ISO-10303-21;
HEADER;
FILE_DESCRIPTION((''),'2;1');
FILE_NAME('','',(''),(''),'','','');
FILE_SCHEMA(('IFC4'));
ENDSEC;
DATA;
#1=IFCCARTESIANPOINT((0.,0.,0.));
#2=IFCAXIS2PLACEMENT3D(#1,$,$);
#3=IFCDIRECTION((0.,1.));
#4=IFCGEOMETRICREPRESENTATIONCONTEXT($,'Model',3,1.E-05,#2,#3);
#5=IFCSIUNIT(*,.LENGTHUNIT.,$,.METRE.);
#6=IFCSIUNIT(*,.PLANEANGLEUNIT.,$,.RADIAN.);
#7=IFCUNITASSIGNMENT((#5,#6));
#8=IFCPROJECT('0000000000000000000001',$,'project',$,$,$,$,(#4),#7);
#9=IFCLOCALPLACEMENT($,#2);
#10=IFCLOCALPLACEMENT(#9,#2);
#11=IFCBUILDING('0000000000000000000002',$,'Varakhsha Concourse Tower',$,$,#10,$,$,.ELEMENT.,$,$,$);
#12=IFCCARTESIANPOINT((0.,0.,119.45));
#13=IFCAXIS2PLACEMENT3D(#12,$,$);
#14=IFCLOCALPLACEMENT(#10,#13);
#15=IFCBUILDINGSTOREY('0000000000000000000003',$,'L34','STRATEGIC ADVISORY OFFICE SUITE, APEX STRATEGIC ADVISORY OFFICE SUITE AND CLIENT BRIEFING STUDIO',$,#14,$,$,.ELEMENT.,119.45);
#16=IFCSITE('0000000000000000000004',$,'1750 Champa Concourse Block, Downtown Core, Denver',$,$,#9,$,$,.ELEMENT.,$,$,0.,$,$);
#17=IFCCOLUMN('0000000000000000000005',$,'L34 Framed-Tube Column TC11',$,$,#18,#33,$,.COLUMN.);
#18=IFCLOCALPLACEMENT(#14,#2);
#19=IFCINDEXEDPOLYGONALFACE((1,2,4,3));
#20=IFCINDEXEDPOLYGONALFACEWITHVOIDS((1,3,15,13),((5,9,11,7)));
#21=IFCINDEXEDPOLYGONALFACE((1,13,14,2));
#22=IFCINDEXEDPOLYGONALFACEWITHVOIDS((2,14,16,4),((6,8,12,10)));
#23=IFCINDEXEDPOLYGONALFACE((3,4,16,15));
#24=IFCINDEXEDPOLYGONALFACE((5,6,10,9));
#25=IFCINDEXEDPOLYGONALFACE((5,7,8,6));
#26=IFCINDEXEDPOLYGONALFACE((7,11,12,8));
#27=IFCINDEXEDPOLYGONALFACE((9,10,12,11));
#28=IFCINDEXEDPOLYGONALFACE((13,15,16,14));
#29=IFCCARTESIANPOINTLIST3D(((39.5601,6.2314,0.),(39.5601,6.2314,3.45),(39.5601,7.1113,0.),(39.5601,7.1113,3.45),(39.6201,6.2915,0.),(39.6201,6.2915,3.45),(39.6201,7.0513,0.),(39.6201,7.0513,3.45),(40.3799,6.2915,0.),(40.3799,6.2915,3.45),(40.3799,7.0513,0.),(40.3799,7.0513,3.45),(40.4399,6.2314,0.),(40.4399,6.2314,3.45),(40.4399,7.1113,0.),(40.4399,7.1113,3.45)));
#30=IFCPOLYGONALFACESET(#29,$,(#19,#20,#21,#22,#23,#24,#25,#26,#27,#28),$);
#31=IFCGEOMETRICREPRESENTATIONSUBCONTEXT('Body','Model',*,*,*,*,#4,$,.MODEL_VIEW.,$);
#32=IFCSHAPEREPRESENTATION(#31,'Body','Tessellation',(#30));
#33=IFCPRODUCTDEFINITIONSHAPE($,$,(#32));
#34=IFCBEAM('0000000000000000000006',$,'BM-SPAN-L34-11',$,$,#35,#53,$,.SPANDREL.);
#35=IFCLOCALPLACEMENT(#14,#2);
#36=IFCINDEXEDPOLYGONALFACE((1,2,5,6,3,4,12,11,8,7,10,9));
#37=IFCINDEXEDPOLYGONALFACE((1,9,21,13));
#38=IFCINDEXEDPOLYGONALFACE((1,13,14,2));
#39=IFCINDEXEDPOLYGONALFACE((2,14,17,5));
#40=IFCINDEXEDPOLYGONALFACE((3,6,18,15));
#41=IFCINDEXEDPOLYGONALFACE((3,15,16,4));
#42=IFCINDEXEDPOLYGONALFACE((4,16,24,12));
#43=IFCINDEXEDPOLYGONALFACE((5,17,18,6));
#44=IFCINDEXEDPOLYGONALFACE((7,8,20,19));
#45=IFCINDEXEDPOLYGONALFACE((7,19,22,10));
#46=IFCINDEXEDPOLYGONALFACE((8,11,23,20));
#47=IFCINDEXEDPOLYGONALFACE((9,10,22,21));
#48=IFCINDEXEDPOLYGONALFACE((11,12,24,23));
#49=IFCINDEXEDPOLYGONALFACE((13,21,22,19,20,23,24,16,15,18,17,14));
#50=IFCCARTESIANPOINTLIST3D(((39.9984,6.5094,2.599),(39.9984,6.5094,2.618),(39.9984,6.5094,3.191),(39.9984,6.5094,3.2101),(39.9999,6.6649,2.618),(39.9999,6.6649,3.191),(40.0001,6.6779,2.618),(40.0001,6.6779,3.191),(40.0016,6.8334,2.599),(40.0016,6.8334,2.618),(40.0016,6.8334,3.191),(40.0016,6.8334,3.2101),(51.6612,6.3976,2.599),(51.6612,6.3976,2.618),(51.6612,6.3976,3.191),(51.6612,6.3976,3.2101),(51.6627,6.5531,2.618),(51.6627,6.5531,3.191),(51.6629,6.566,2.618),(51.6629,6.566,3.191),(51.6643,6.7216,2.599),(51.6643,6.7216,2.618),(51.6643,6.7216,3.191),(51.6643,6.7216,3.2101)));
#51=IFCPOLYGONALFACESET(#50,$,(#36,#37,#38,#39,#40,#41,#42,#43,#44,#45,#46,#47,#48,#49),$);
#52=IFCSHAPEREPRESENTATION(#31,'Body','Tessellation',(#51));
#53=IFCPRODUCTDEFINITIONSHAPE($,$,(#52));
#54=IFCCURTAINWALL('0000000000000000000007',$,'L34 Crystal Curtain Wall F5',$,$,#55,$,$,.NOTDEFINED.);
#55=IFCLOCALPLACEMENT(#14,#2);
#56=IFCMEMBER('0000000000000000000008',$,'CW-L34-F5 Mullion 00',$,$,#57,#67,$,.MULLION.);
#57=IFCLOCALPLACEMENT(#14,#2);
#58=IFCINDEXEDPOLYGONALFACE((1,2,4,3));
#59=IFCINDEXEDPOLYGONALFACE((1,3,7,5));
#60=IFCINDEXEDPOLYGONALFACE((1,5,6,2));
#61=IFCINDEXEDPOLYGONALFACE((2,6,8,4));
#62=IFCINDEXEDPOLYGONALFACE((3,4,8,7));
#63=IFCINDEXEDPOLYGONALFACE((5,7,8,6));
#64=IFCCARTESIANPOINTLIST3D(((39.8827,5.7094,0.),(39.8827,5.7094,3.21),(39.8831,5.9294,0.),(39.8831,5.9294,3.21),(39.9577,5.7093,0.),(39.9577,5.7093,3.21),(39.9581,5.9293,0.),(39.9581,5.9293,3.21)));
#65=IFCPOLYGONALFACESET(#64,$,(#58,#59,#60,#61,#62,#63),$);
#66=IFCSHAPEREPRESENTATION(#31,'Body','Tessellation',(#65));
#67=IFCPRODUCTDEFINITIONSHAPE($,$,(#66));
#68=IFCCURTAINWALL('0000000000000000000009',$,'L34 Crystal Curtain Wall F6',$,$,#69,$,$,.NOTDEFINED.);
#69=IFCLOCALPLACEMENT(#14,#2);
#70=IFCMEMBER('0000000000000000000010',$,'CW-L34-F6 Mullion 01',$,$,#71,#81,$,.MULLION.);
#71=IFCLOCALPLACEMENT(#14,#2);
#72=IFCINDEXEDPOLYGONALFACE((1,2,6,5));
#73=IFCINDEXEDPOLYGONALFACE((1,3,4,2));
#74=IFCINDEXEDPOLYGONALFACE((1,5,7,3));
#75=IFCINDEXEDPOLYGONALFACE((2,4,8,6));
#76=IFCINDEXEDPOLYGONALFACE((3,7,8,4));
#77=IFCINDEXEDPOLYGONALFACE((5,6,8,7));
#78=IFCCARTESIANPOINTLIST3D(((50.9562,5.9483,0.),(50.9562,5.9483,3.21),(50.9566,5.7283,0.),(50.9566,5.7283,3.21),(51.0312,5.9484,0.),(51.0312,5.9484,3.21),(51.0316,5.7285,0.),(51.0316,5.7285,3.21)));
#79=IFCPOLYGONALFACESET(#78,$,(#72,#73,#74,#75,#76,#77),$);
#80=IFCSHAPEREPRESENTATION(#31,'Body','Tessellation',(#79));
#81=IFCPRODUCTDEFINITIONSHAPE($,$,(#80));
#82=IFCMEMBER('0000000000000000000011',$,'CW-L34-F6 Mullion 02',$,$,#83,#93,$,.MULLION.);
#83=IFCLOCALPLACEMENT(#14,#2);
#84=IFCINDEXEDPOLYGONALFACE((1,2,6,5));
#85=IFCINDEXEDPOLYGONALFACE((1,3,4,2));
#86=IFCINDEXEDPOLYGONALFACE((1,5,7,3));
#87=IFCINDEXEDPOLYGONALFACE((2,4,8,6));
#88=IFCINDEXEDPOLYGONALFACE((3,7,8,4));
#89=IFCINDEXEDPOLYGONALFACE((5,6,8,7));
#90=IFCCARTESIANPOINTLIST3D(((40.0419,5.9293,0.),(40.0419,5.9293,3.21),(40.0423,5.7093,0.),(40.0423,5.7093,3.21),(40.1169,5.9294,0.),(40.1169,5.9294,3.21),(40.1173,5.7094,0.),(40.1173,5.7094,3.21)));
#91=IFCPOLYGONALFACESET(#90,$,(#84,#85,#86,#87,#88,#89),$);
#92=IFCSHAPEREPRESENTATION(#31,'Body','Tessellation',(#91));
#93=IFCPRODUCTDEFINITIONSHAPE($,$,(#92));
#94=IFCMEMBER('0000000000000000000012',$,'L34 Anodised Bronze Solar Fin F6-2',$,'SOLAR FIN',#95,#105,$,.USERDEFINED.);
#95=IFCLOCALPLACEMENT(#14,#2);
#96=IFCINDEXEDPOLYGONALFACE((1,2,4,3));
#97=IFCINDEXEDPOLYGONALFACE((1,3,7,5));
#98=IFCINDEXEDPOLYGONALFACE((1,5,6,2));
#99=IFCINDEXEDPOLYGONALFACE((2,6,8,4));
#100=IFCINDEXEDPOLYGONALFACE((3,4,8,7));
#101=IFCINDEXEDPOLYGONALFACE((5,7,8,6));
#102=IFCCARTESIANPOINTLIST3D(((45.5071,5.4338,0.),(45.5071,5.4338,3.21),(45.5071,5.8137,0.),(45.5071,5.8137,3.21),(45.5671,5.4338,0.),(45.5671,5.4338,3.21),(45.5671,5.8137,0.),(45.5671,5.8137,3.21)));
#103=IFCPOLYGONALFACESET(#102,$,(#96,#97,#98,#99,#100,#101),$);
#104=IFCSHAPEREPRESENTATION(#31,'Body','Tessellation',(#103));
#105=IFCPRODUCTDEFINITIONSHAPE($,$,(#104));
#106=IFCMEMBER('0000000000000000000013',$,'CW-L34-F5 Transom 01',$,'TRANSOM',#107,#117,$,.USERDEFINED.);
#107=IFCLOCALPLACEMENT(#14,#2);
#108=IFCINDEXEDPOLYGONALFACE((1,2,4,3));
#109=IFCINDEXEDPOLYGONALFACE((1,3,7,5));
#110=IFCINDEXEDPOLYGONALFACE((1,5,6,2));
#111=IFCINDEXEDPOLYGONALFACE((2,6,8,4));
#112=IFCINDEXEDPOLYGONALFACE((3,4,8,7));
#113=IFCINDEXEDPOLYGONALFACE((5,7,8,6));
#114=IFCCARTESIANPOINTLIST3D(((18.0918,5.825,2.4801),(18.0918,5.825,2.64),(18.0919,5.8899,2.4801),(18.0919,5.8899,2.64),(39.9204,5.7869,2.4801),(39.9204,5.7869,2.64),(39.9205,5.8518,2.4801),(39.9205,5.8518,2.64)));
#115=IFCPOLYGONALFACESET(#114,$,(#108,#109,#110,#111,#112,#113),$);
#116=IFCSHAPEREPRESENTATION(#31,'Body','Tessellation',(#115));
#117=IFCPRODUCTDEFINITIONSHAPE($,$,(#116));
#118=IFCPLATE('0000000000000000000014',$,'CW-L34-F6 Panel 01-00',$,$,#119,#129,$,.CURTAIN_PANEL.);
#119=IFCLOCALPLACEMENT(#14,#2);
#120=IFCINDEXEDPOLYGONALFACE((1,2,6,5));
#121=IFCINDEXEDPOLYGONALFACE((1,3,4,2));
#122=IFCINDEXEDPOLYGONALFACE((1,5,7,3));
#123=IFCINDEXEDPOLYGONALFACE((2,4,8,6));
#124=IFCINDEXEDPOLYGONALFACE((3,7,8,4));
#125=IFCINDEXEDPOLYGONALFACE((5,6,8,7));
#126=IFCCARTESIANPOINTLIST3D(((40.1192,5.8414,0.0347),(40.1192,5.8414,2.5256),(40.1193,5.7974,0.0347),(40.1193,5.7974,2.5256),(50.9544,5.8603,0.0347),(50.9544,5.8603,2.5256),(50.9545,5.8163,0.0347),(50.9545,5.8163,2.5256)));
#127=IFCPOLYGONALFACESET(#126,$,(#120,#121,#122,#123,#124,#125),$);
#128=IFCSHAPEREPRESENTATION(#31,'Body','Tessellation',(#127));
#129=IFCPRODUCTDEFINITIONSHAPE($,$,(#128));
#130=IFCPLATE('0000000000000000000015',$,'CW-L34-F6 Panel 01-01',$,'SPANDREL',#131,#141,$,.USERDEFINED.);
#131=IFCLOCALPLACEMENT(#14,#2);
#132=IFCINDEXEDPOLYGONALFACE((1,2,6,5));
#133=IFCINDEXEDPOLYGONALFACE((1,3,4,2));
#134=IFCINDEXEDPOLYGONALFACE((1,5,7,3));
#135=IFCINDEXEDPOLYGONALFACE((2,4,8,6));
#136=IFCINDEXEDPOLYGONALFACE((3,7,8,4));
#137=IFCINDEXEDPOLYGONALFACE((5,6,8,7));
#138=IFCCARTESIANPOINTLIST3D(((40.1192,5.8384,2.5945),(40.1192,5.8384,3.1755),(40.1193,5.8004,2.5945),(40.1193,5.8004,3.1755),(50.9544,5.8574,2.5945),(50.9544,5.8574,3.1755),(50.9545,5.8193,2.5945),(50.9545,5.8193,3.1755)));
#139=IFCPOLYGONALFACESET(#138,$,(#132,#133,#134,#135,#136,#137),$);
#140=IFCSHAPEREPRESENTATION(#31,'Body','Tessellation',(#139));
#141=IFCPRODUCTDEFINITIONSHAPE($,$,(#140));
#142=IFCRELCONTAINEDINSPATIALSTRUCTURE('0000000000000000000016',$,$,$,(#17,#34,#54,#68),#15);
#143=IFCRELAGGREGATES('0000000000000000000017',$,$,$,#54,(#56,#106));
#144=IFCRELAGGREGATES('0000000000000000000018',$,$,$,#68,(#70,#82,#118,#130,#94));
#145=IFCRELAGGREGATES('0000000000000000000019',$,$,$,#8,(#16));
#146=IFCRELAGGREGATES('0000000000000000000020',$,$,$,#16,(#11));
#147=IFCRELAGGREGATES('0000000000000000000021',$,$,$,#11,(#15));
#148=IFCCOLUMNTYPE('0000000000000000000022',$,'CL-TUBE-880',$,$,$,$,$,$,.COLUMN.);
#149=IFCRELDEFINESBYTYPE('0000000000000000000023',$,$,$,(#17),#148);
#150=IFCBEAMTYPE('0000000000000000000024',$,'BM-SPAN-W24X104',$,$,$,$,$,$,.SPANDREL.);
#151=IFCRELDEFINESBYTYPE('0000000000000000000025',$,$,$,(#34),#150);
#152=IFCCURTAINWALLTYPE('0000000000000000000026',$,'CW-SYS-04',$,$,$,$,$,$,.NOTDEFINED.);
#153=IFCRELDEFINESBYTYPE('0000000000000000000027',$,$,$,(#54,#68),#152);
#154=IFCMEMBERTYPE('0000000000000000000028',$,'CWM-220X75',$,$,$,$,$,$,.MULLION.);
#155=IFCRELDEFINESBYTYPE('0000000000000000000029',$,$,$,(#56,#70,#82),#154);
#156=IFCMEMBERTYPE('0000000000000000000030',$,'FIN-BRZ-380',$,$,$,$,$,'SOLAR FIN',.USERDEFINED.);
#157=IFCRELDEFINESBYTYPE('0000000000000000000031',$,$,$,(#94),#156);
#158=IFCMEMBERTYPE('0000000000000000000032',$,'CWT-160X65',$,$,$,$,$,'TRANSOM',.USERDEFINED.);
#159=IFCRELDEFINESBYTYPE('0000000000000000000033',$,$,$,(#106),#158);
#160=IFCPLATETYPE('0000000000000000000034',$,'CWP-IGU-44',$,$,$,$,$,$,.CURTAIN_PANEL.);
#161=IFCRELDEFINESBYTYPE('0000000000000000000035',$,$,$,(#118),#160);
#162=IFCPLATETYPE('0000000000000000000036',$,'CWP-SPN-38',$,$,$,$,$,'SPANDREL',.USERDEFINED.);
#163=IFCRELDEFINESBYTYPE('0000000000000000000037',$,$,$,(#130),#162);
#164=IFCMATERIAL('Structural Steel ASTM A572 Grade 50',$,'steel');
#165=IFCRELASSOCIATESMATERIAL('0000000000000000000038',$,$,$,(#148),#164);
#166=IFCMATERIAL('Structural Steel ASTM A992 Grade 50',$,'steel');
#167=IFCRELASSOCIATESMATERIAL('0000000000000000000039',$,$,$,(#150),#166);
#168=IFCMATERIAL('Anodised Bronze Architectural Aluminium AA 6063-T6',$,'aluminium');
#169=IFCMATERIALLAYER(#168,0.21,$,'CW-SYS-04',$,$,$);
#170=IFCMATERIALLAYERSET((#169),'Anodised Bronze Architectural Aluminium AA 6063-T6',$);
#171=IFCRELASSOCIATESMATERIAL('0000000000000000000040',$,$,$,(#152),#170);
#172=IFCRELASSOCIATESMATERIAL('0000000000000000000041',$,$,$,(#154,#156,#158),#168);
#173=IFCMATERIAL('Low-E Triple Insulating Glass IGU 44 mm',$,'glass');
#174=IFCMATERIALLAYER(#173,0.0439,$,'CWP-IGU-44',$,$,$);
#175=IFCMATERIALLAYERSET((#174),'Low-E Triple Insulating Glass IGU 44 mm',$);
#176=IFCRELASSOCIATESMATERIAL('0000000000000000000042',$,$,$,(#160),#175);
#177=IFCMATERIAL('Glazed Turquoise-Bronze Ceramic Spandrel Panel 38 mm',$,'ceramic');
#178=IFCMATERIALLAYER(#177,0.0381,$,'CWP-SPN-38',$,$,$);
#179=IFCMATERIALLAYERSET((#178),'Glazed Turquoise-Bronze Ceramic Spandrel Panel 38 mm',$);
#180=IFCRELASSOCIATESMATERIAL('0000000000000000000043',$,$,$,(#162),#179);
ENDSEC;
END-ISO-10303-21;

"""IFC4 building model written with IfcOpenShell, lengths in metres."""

from ifc_helpers import new_model, si_unit, direction, frame, origin, origin_2d, place, context, subcontext, project, spatial, rectangle, hollow_rectangle, i_section, extrude, source, transform, mapped, material, layer, layer_set, material_profile, profile_set, type_object, type_shapes, element, aggregate, save


model = new_model("IFC4")

# Units and contexts
model_context = context("Model", 3, precision=1e-05, world=origin(), true_north=direction((0.0, 1.0)))
body_context = subcontext(model_context, "Body", "Model", "MODEL_VIEW")
ifc_project = project(units=[si_unit("LENGTHUNIT", "METRE"), si_unit("PLANEANGLEUNIT", "RADIAN")], contexts=[model_context])

# Site, building, storey
site_placement = place(None, origin())
site = spatial("IfcSite", under=ifc_project, at=site_placement, Name="1750 Champa Concourse Block, Downtown Core, Denver", CompositionType="ELEMENT", RefElevation=0.0)
building_placement = place(site_placement, origin())
building = spatial("IfcBuilding", under=site, at=building_placement, Name="Varakhsha Concourse Tower", CompositionType="ELEMENT")
storey_placement = place(building_placement, frame((0.0, 0.0, 119.45)))
storey = spatial("IfcBuildingStorey", under=building, at=storey_placement, Name="L34", Description="STRATEGIC ADVISORY OFFICE SUITE, APEX STRATEGIC ADVISORY OFFICE SUITE AND CLIENT BRIEFING STUDIO", CompositionType="ELEMENT", Elevation=119.45)

# Column
ifc_material_1 = material(Name="Structural Steel ASTM A572 Grade 50", Category="steel")
ifc_material_profile_1 = material_profile(ifc_material_1, hollow_rectangle(XDim=0.8799, YDim=0.8799, WallThickness=0.0601, at=origin_2d()), Name="BOX 880x880x60")
ifc_profile_set_1 = profile_set([ifc_material_profile_1], Name="Structural Steel ASTM A572 Grade 50")
column_type = type_object("IfcColumnType", Name="CL-TUBE-880", PredefinedType="COLUMN", material=ifc_profile_set_1)
column_placement = place(storey_placement, frame((40.0, 6.6714, 0.0), z_axis=(0.0, 0.0, 1.0), x_axis=(1.0, 0.0, 0.0)))
element("IfcColumn", 1, at=column_placement, inside=storey, type_object=column_type, Name="L34 Framed-Tube Column TC11", PredefinedType="COLUMN", context=body_context, shape_type="SweptSolid", body=[
    extrude(hollow_rectangle(XDim=0.8799, YDim=0.8799, WallThickness=0.0601, at=origin_2d()), origin(), (0.0, 0.0, 1.0), 3.45),
])

# Beam
ifc_material_2 = material(Name="Structural Steel ASTM A992 Grade 50", Category="steel")
ifc_material_profile_2 = material_profile(ifc_material_2, i_section(OverallWidth=0.324, OverallDepth=0.6111, WebThickness=0.0129, FlangeThickness=0.019, at=origin_2d()), Name="W24X104")
ifc_profile_set_2 = profile_set([ifc_material_profile_2], Name="Structural Steel ASTM A992 Grade 50")
beam_type = type_object("IfcBeamType", Name="BM-SPAN-W24X104", PredefinedType="SPANDREL", material=ifc_profile_set_2)
beam_placement = place(storey_placement, frame((40.0, 6.6714, 2.9045), z_axis=(0.999954, -0.009587, 0.0), x_axis=(0.009587, 0.999954, 0.0)))
element("IfcBeam", 2, at=beam_placement, inside=storey, type_object=beam_type, Name="BM-SPAN-L34-11", PredefinedType="SPANDREL", context=body_context, shape_type="SweptSolid", body=[
    extrude(i_section(OverallWidth=0.324, OverallDepth=0.6111, WebThickness=0.0129, FlangeThickness=0.019, at=origin_2d()), origin(), (0.0, 0.0, 1.0), 11.6633),
])

# Curtain wall, member
ifc_material_3 = material(Name="Anodised Bronze Architectural Aluminium AA 6063-T6", Category="aluminium")
ifc_layer_1 = layer(ifc_material_3, 0.21, Name="CW-SYS-04")
ifc_layer_set_1 = layer_set([ifc_layer_1], Name="Anodised Bronze Architectural Aluminium AA 6063-T6")
curtain_wall_type = type_object("IfcCurtainWallType", Name="CW-SYS-04", PredefinedType="NOTDEFINED", material=ifc_layer_set_1)
curtain_wall_1_placement = place(storey_placement, origin())
curtain_wall_1 = element("IfcCurtainWall", 3, at=curtain_wall_1_placement, inside=storey, type_object=curtain_wall_type, Name="L34 Crystal Curtain Wall F5", PredefinedType="NOTDEFINED")
ifc_material_profile_3 = material_profile(ifc_material_3, rectangle(XDim=0.075, YDim=0.22, at=origin_2d()), Name="CWM-220X75")
ifc_profile_set_3 = profile_set([ifc_material_profile_3], Name="Anodised Bronze Architectural Aluminium AA 6063-T6")
member_type_1 = type_object("IfcMemberType", Name="CWM-220X75", PredefinedType="MULLION", material=ifc_profile_set_3)
shared_shape_1 = source(origin(), body_context, "Body", "SweptSolid", [
    extrude(rectangle(XDim=0.075, YDim=0.22, at=origin_2d()), origin(), (0.0, 0.0, 1.0), 3.21),
])
type_shapes(member_type_1, [shared_shape_1])
member_1_placement = place(storey_placement, frame((39.9204, 5.8193, 0.0), z_axis=(0.0, 0.0, 1.0), x_axis=(-0.999998, 0.001745, 0.0)))
member_1 = element("IfcMember", 4, at=member_1_placement, type_object=member_type_1, Name="CW-L34-F5 Mullion 00", PredefinedType="MULLION", context=body_context, shape_type="MappedRepresentation", body=[
    mapped(shared_shape_1, transform((0.0, 0.0, 0.0), scale=1.0)),
])

# Curtain wall, members
curtain_wall_2_placement = place(storey_placement, origin())
curtain_wall_2 = element("IfcCurtainWall", 5, at=curtain_wall_2_placement, inside=storey, type_object=curtain_wall_type, Name="L34 Crystal Curtain Wall F6", PredefinedType="NOTDEFINED")
member_2_placement = place(storey_placement, frame((50.9939, 5.8384, 0.0), z_axis=(0.0, 0.0, 1.0), x_axis=(-0.999998, -0.001745, 0.0)))
member_2 = element("IfcMember", 6, at=member_2_placement, type_object=member_type_1, Name="CW-L34-F6 Mullion 01", PredefinedType="MULLION", context=body_context, shape_type="MappedRepresentation", body=[
    mapped(shared_shape_1, transform((0.0, 0.0, 0.0), scale=1.0)),
])
member_3_placement = place(storey_placement, frame((40.0796, 5.8193, 0.0), z_axis=(0.0, 0.0, 1.0), x_axis=(-0.999998, -0.001745, 0.0)))
member_3 = element("IfcMember", 7, at=member_3_placement, type_object=member_type_1, Name="CW-L34-F6 Mullion 02", PredefinedType="MULLION", context=body_context, shape_type="MappedRepresentation", body=[
    mapped(shared_shape_1, transform((0.0, 0.0, 0.0), scale=1.0)),
])
ifc_material_profile_4 = material_profile(ifc_material_3, rectangle(XDim=0.0601, YDim=0.3799, at=origin_2d()), Name="FIN-BRZ-380")
ifc_profile_set_4 = profile_set([ifc_material_profile_4], Name="Anodised Bronze Architectural Aluminium AA 6063-T6")
member_type_2 = type_object("IfcMemberType", Name="FIN-BRZ-380", ElementType="SOLAR FIN", PredefinedType="USERDEFINED", material=ifc_profile_set_4)
shared_shape_2 = source(origin(), body_context, "Body", "SweptSolid", [
    extrude(rectangle(XDim=0.0601, YDim=0.3799, at=origin_2d()), origin(), (0.0, 0.0, 1.0), 3.21),
])
type_shapes(member_type_2, [shared_shape_2])
member_4_placement = place(storey_placement, frame((45.5371, 5.6238, 0.0), z_axis=(0.0, 0.0, 1.0), x_axis=(1.0, 0.0, 0.0)))
member_4 = element("IfcMember", 8, at=member_4_placement, type_object=member_type_2, Name="L34 Anodised Bronze Solar Fin F6-2", ObjectType="SOLAR FIN", PredefinedType="USERDEFINED", context=body_context, shape_type="MappedRepresentation", body=[
    mapped(shared_shape_2, transform((0.0, 0.0, 0.0), scale=1.0)),
])

# Member
ifc_material_profile_5 = material_profile(ifc_material_3, rectangle(XDim=0.0649, YDim=0.1599, at=origin_2d()), Name="CWT-160X65")
ifc_profile_set_5 = profile_set([ifc_material_profile_5], Name="Anodised Bronze Architectural Aluminium AA 6063-T6")
member_type_3 = type_object("IfcMemberType", Name="CWT-160X65", ElementType="TRANSOM", PredefinedType="USERDEFINED", material=ifc_profile_set_5)
shared_shape_3 = source(origin(), body_context, "Body", "SweptSolid", [
    extrude(rectangle(XDim=0.0649, YDim=0.1599, at=origin_2d()), origin(), (0.0, 0.0, 1.0), 21.8286),
])
type_shapes(member_type_3, [shared_shape_3])
member_5_placement = place(storey_placement, frame((39.9204, 5.8193, 2.5601), z_axis=(-0.999998, 0.001745, 0.0), x_axis=(-0.001745, -0.999998, 0.0)))
member_5 = element("IfcMember", 9, at=member_5_placement, type_object=member_type_3, Name="CW-L34-F5 Transom 01", ObjectType="TRANSOM", PredefinedType="USERDEFINED", context=body_context, shape_type="MappedRepresentation", body=[
    mapped(shared_shape_3, transform((0.0, 0.0, 0.0), scale=1.0)),
])
aggregate(curtain_wall_1, [member_1, member_5])

# Plates
ifc_material_4 = material(Name="Low-E Triple Insulating Glass IGU 44 mm", Category="glass")
ifc_layer_2 = layer(ifc_material_4, 0.0439, Name="CWP-IGU-44")
ifc_layer_set_2 = layer_set([ifc_layer_2], Name="Low-E Triple Insulating Glass IGU 44 mm")
plate_type_1 = type_object("IfcPlateType", Name="CWP-IGU-44", PredefinedType="CURTAIN_PANEL", material=ifc_layer_set_2)
shared_shape_4 = source(origin(), body_context, "Body", "SweptSolid", [
    extrude(rectangle(XDim=10.8352, YDim=0.0439, at=origin_2d()), origin(), (0.0, 0.0, 1.0), 2.491),
])
type_shapes(plate_type_1, [shared_shape_4])
plate_1_placement = place(storey_placement, frame((45.5369, 5.8289, 0.0347), z_axis=(0.0, 0.0, 1.0), x_axis=(-0.999998, -0.001745, 0.0)))
plate_1 = element("IfcPlate", 10, at=plate_1_placement, type_object=plate_type_1, Name="CW-L34-F6 Panel 01-00", PredefinedType="CURTAIN_PANEL", context=body_context, shape_type="MappedRepresentation", body=[
    mapped(shared_shape_4, transform((0.0, 0.0, 0.0), scale=1.0)),
])
ifc_material_5 = material(Name="Glazed Turquoise-Bronze Ceramic Spandrel Panel 38 mm", Category="ceramic")
ifc_layer_3 = layer(ifc_material_5, 0.0381, Name="CWP-SPN-38")
ifc_layer_set_3 = layer_set([ifc_layer_3], Name="Glazed Turquoise-Bronze Ceramic Spandrel Panel 38 mm")
plate_type_2 = type_object("IfcPlateType", Name="CWP-SPN-38", ElementType="SPANDREL", PredefinedType="USERDEFINED", material=ifc_layer_set_3)
shared_shape_5 = source(origin(), body_context, "Body", "SweptSolid", [
    extrude(rectangle(XDim=10.8352, YDim=0.0381, at=origin_2d()), origin(), (0.0, 0.0, 1.0), 0.5811),
])
type_shapes(plate_type_2, [shared_shape_5])
plate_2_placement = place(storey_placement, frame((45.5369, 5.8289, 2.5945), z_axis=(0.0, 0.0, 1.0), x_axis=(-0.999998, -0.001745, 0.0)))
plate_2 = element("IfcPlate", 11, at=plate_2_placement, type_object=plate_type_2, Name="CW-L34-F6 Panel 01-01", ObjectType="SPANDREL", PredefinedType="USERDEFINED", context=body_context, shape_type="MappedRepresentation", body=[
    mapped(shared_shape_5, transform((0.0, 0.0, 0.0), scale=1.0)),
])
aggregate(curtain_wall_2, [member_2, member_3, plate_1, plate_2, member_4])

save(model, "model.ifc")
